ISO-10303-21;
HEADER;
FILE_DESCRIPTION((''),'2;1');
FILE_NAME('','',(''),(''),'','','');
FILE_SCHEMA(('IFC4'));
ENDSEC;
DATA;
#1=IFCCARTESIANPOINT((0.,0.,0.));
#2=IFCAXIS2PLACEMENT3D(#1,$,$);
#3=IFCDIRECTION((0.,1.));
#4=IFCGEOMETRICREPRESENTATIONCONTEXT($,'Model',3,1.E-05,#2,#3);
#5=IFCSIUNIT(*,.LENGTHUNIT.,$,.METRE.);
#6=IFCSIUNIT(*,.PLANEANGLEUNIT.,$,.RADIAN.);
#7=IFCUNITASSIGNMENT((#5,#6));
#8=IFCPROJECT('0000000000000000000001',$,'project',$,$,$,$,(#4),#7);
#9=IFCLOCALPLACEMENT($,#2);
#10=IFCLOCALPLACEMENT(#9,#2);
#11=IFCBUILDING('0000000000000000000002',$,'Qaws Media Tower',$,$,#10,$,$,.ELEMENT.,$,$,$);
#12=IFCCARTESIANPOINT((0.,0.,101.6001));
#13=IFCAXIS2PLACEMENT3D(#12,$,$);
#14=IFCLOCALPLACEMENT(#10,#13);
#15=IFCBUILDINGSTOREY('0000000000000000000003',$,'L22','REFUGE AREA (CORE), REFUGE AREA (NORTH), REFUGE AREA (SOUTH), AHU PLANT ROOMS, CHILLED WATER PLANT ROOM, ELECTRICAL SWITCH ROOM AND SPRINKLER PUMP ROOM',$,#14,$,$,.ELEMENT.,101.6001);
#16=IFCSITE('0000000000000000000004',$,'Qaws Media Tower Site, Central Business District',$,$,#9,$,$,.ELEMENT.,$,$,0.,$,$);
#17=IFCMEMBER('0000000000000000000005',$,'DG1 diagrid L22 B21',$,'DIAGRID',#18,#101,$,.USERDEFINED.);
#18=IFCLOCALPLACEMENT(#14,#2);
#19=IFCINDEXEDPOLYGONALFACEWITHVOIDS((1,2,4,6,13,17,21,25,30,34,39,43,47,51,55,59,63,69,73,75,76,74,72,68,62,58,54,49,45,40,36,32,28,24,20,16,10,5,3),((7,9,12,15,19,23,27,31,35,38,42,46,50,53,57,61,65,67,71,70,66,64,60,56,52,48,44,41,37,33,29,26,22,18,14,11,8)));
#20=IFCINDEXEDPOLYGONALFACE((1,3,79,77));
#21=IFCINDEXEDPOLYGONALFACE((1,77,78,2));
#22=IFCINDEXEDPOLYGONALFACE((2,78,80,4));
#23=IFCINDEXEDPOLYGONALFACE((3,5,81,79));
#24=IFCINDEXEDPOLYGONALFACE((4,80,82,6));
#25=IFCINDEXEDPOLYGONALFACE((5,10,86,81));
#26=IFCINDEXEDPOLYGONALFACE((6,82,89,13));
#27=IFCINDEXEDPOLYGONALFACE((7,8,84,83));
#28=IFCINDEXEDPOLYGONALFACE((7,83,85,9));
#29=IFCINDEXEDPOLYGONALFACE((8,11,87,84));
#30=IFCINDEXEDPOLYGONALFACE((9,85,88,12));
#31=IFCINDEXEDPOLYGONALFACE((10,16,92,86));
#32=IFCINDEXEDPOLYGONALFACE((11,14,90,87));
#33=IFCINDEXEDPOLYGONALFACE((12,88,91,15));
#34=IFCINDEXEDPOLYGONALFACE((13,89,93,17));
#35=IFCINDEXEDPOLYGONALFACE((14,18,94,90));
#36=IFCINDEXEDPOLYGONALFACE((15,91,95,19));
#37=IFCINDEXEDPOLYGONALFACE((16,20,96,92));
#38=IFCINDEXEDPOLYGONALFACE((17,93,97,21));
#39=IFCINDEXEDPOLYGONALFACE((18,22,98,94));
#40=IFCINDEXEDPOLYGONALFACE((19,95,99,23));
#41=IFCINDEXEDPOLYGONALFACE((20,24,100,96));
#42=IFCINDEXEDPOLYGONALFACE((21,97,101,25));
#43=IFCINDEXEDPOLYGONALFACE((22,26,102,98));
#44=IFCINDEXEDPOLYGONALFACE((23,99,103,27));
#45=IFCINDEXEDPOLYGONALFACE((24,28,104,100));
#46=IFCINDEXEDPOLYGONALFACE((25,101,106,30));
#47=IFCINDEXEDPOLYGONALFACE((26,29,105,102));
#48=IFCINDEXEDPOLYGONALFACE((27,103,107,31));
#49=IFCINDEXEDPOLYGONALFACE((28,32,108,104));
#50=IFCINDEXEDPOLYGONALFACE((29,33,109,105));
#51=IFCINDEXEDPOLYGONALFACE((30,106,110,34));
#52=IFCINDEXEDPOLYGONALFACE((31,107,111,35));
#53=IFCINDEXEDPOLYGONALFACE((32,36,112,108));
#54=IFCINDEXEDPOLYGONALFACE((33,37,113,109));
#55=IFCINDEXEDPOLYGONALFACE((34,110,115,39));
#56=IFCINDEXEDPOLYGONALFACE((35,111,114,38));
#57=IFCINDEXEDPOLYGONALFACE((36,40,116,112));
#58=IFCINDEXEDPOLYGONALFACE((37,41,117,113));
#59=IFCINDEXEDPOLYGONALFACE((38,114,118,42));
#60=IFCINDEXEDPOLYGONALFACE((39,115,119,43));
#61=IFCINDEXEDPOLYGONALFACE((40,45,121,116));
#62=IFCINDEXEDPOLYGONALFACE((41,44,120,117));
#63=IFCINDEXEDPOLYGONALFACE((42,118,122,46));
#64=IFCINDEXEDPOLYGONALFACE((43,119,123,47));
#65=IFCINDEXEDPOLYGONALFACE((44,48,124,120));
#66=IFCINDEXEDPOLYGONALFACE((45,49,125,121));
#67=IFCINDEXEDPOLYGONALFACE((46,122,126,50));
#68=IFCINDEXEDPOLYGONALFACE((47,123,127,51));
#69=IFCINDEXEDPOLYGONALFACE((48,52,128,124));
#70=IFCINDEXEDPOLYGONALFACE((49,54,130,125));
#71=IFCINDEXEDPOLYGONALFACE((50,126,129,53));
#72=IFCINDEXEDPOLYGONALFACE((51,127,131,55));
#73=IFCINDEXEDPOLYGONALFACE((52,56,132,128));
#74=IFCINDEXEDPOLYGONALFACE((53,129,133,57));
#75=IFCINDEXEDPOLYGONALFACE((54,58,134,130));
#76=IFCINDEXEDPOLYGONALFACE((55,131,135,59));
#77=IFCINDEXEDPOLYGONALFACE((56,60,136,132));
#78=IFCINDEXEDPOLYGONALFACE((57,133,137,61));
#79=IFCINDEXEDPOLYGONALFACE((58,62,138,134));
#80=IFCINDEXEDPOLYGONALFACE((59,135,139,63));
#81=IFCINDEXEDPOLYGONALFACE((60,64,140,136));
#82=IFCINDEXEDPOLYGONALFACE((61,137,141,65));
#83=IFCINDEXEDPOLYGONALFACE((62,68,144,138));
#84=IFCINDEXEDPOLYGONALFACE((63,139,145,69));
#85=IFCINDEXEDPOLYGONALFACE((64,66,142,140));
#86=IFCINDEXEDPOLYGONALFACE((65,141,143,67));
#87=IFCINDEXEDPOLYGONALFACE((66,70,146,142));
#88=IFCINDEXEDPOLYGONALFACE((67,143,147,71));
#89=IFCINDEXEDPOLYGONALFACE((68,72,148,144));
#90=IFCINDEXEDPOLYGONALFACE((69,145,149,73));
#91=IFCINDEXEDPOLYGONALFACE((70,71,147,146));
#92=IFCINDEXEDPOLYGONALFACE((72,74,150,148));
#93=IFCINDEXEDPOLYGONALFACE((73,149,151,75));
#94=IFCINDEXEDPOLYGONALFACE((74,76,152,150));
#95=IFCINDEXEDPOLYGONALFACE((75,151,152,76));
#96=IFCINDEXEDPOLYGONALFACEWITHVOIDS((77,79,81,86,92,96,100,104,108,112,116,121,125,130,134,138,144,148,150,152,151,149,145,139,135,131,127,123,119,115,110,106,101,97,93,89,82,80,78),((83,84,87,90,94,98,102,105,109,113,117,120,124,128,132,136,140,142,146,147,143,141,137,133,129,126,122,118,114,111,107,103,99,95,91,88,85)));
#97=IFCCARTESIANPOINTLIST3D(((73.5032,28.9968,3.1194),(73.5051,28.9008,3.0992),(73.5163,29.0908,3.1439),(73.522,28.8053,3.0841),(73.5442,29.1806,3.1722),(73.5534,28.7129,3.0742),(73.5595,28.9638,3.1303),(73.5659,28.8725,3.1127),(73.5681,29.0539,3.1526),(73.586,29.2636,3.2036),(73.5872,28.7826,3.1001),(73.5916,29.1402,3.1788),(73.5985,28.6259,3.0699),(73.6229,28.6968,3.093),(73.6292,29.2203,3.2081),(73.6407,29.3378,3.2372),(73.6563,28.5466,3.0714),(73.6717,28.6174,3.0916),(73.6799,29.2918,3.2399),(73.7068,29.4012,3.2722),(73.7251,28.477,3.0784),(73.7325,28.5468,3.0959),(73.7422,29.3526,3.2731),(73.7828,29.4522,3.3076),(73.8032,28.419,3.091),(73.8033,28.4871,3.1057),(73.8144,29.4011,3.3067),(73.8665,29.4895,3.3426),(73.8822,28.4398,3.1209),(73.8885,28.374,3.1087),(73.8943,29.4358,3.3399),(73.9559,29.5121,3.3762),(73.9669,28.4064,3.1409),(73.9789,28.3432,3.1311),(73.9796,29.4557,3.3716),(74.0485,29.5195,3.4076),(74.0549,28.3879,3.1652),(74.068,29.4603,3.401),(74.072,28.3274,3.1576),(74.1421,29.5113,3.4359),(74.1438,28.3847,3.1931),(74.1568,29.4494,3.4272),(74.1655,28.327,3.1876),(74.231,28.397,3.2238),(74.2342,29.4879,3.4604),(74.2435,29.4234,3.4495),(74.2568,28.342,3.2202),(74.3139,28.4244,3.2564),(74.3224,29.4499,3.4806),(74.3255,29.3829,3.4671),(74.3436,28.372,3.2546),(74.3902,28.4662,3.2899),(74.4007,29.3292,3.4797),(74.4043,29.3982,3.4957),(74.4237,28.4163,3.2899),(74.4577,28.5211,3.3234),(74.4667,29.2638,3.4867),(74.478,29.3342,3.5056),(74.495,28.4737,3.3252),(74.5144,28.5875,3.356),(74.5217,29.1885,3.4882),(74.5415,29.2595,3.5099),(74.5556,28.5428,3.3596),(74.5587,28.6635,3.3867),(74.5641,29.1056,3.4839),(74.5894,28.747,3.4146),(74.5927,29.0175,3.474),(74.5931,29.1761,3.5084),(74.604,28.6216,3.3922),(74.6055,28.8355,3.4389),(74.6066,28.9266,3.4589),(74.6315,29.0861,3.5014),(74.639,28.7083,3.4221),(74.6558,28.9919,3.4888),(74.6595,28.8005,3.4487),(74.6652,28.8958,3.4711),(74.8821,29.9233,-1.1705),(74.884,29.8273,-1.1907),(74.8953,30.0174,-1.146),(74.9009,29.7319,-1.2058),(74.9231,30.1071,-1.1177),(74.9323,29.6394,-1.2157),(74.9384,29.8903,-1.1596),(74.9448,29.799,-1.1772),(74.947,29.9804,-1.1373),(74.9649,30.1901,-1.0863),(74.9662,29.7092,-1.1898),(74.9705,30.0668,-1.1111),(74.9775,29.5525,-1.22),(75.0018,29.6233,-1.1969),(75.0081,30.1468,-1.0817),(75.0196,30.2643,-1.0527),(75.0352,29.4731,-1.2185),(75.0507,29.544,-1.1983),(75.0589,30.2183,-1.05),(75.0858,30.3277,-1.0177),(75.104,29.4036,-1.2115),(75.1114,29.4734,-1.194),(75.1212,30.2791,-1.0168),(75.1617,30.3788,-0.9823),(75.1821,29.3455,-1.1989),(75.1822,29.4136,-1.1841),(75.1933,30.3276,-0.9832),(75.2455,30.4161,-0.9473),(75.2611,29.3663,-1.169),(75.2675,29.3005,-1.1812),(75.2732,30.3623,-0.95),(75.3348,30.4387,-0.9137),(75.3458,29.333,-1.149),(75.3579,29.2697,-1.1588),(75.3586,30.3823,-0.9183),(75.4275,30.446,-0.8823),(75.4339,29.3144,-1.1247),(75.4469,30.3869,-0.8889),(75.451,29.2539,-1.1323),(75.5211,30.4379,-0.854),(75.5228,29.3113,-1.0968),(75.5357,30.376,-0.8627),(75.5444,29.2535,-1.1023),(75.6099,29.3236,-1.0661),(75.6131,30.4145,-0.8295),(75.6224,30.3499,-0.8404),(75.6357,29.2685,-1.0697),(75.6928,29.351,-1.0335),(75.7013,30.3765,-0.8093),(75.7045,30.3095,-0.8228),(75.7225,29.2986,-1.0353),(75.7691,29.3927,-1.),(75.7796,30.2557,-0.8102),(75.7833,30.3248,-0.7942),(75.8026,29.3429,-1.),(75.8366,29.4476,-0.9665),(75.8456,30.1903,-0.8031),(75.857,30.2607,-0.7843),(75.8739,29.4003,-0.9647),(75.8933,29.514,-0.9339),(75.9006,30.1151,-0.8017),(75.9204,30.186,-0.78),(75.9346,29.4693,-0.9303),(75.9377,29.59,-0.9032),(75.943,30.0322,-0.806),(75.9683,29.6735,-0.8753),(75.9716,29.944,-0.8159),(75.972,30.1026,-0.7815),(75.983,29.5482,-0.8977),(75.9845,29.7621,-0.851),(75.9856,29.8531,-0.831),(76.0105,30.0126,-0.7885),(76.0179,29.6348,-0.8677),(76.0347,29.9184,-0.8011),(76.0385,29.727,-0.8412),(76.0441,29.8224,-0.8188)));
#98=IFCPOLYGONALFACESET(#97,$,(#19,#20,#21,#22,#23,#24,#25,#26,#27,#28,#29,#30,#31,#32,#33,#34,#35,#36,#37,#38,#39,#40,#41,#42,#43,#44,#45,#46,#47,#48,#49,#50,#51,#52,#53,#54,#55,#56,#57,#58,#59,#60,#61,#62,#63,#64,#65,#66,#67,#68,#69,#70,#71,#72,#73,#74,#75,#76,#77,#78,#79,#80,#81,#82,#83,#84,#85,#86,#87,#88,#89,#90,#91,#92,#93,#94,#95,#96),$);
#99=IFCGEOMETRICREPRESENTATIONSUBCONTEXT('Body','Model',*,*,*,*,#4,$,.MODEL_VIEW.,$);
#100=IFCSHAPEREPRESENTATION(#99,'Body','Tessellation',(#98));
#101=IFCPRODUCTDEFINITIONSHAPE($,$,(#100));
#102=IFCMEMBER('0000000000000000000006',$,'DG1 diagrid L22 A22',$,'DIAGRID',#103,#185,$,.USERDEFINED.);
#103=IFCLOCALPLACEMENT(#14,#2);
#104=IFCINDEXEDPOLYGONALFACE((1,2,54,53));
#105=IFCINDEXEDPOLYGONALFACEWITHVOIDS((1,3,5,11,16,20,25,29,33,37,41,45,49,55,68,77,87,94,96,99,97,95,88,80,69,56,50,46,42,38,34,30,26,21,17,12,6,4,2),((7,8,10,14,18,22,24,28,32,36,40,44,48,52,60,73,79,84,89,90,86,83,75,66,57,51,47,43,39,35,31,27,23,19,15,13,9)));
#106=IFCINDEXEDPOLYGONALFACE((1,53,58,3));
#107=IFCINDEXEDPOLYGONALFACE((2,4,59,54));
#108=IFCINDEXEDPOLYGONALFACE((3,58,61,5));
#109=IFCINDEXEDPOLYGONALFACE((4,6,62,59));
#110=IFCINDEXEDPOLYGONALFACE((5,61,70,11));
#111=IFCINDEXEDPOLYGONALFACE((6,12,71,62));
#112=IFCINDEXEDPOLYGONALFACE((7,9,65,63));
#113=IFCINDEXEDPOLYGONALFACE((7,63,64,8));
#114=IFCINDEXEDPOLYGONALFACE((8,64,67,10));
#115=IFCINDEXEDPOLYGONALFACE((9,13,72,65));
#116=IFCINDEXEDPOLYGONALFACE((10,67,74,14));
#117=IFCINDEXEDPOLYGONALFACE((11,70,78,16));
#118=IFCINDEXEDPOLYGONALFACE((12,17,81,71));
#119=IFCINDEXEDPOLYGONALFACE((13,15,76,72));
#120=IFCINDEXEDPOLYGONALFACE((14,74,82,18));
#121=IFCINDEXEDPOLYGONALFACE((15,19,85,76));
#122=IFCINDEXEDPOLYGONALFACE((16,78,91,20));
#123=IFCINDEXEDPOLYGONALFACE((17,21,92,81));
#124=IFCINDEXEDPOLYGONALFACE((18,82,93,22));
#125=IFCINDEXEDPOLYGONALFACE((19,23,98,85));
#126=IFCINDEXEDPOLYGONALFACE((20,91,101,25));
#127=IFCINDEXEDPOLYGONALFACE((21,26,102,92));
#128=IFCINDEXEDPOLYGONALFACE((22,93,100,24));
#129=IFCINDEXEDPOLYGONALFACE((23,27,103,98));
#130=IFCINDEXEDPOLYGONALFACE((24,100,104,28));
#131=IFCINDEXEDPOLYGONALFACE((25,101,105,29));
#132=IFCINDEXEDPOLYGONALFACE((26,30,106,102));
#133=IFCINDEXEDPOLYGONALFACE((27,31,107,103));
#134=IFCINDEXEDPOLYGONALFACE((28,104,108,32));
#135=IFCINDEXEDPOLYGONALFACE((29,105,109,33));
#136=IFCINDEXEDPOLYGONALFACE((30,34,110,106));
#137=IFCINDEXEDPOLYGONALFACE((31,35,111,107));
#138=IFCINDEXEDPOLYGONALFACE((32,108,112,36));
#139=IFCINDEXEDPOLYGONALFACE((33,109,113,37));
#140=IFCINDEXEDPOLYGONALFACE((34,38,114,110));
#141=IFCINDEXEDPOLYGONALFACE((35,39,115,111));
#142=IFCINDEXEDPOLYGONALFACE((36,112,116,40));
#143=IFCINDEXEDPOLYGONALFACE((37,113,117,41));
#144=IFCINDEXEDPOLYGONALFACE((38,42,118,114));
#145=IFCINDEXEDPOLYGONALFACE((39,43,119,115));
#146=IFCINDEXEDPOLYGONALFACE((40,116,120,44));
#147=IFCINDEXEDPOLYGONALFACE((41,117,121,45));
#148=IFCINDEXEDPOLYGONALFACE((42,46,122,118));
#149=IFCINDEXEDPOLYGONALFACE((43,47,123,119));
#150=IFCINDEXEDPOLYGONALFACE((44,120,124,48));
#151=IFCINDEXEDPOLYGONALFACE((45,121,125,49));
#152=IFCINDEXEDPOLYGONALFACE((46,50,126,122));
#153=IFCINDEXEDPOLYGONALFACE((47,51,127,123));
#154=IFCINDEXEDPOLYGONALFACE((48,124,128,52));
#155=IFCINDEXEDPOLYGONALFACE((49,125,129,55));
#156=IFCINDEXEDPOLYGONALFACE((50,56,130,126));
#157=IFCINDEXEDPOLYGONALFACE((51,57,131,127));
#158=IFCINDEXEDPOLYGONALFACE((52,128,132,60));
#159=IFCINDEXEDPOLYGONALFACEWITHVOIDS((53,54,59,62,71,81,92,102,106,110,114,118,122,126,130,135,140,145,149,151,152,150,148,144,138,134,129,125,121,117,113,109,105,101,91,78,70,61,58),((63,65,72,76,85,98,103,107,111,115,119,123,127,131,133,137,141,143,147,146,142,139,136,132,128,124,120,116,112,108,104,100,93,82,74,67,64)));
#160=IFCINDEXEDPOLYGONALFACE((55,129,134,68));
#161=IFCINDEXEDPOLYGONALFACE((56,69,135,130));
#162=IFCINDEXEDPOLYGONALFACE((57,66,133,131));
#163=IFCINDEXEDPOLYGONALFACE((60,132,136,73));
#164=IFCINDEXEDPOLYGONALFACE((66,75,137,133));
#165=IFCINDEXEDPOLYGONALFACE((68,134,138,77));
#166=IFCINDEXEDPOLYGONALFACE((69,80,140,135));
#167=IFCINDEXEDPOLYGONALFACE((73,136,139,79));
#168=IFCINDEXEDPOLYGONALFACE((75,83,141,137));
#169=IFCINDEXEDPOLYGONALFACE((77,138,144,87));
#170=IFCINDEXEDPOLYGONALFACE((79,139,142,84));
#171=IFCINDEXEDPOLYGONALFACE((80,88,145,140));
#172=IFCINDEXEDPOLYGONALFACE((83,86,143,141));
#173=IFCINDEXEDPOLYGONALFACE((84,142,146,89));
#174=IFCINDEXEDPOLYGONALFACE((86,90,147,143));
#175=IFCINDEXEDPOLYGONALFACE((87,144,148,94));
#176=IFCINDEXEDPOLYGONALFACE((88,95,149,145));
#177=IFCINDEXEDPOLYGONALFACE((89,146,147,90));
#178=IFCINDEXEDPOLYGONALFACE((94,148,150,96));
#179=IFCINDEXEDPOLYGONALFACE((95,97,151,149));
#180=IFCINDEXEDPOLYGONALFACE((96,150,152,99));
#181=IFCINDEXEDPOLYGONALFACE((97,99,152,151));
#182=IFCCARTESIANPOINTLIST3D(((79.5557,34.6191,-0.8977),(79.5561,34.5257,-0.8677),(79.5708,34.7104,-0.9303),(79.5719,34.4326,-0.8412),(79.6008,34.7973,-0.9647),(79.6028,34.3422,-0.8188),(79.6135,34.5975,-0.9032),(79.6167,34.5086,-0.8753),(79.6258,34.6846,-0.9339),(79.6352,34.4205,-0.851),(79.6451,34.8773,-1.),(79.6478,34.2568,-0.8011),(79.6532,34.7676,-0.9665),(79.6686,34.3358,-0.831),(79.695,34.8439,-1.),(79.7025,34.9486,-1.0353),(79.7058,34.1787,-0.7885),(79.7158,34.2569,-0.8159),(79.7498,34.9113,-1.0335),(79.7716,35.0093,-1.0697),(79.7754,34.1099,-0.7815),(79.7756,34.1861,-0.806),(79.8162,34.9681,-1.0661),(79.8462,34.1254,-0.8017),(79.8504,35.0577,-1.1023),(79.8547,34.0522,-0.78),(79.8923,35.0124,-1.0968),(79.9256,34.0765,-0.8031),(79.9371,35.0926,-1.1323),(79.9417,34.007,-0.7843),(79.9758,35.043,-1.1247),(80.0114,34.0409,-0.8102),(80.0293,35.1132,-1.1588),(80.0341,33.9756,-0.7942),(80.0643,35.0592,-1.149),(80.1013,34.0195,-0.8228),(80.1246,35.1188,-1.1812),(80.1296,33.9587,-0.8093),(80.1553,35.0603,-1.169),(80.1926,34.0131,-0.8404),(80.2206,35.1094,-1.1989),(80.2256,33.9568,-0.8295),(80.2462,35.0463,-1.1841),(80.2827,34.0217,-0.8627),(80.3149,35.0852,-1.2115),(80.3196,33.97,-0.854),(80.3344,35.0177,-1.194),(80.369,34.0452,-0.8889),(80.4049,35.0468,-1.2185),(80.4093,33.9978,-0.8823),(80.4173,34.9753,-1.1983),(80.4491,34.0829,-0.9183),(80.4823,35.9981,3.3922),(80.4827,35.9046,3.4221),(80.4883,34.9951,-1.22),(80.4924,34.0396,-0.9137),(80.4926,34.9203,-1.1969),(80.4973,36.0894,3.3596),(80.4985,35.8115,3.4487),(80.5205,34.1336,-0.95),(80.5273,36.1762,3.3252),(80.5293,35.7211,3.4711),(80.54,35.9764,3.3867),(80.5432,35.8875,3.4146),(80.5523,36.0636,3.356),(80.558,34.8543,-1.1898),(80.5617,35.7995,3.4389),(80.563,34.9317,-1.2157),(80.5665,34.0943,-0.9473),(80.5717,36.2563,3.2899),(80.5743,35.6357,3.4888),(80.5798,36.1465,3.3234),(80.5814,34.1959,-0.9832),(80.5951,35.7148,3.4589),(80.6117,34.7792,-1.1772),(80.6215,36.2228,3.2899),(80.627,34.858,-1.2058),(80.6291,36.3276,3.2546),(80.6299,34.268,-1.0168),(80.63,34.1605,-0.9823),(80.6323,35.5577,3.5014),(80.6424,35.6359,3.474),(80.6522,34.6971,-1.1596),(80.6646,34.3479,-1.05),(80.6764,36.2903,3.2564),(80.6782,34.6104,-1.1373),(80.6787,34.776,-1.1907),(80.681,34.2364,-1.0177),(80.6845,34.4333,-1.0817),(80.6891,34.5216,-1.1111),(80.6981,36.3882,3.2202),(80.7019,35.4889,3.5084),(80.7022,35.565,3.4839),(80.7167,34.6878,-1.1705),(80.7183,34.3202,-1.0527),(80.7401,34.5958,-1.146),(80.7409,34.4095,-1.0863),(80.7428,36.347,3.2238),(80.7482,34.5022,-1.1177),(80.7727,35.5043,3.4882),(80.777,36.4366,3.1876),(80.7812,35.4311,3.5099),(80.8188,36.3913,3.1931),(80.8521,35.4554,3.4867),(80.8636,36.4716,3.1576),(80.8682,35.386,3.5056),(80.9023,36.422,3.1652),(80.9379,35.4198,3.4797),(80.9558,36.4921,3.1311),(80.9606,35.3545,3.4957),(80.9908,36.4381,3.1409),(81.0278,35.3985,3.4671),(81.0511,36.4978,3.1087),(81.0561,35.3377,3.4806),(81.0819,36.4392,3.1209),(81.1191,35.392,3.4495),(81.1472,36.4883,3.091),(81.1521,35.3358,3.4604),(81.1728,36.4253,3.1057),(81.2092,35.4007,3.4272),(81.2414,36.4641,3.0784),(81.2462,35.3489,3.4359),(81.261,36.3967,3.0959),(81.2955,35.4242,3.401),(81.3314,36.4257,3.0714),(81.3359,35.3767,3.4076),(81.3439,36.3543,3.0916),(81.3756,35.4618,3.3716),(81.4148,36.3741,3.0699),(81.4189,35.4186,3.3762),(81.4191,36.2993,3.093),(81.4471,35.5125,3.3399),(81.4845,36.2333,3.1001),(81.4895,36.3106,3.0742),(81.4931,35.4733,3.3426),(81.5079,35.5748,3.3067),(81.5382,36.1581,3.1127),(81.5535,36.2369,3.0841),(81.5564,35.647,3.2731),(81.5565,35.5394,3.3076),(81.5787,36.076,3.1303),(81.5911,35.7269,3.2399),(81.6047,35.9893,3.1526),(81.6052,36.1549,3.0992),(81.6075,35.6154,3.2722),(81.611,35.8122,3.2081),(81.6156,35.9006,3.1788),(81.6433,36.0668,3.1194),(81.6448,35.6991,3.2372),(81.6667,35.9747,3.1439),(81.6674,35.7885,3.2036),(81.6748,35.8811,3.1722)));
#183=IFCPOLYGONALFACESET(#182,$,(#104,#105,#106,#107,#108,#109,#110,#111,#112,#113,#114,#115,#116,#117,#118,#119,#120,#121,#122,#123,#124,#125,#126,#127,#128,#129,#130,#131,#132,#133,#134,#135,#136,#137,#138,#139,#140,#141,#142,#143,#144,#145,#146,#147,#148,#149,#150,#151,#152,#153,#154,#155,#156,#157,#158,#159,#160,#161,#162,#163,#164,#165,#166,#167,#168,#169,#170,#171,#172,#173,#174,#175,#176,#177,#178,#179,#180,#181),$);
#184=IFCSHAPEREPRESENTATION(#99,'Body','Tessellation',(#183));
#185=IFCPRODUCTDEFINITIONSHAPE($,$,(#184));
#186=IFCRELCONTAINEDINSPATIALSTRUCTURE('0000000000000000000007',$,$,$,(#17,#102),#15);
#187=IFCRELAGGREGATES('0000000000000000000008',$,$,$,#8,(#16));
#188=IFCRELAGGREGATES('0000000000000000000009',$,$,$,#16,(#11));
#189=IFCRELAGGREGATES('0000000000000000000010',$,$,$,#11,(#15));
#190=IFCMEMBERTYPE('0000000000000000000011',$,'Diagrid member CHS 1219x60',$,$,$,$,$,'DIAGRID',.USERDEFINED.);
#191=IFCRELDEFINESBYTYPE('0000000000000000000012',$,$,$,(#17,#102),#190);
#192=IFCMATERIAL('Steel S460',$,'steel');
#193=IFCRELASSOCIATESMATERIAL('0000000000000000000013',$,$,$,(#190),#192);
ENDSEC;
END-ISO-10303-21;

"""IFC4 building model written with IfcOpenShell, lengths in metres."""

from ifc_helpers import new_model, si_unit, direction, frame, origin, origin_2d, place, context, subcontext, project, spatial, hollow_circle, extrude, material, material_profile, profile_set, type_object, element, save


model = new_model("IFC4")

# Units and contexts
model_context = context("Model", 3, precision=1e-05, world=origin(), true_north=direction((0.0, 1.0)))
body_context = subcontext(model_context, "Body", "Model", "MODEL_VIEW")
ifc_project = project(units=[si_unit("LENGTHUNIT", "METRE"), si_unit("PLANEANGLEUNIT", "RADIAN")], contexts=[model_context])

# Site, building, storey
site_placement = place(None, origin())
site = spatial("IfcSite", under=ifc_project, at=site_placement, Name="Qaws Media Tower Site, Central Business District", CompositionType="ELEMENT", RefElevation=0.0)
building_placement = place(site_placement, origin())
building = spatial("IfcBuilding", under=site, at=building_placement, Name="Qaws Media Tower", CompositionType="ELEMENT")
storey_placement = place(building_placement, frame((0.0, 0.0, 101.6001)))
storey = spatial("IfcBuildingStorey", under=building, at=storey_placement, Name="L22", Description="REFUGE AREA (CORE), REFUGE AREA (NORTH), REFUGE AREA (SOUTH), AHU PLANT ROOMS, CHILLED WATER PLANT ROOM, ELECTRICAL SWITCH ROOM AND SPRINKLER PUMP ROOM", CompositionType="ELEMENT", Elevation=101.6001)

# Members
ifc_material_1 = material(Name="Steel S460", Category="steel")
ifc_material_profile_1 = material_profile(ifc_material_1, hollow_circle(Radius=0.6096, WallThickness=0.0601, at=origin_2d()), Name="CHS 1219x60")
ifc_profile_set_1 = profile_set([ifc_material_profile_1], Name="Steel S460")
member_type = type_object("IfcMemberType", Name="Diagrid member CHS 1219x60", ElementType="DIAGRID", PredefinedType="USERDEFINED", material=ifc_profile_set_1)
for number, where, z_axis, x_axis, name in (
    (1, (75.4626, 29.8489, -1.0), (-0.299747, -0.201406, 0.932517), (0.557715, -0.830033, 0.0), "DG1 diagrid L22 B21"),
    (2, (80.1511, 34.5374, -1.0), (0.201406, 0.299747, 0.932517), (-0.830033, 0.557715, 0.0), "DG1 diagrid L22 A22"),
):
    element("IfcMember", number, at=place(storey_placement, frame(where, z_axis=z_axis, x_axis=x_axis)), inside=storey, type_object=member_type, Name=name, ObjectType="DIAGRID", PredefinedType="USERDEFINED", context=body_context, shape_type="SweptSolid", body=[
        extrude(hollow_circle(Radius=0.6096, WallThickness=0.0601, at=origin_2d()), origin(), (0.0, 0.0, 1.0), 4.6003),
    ])

save(model, "model.ifc")
